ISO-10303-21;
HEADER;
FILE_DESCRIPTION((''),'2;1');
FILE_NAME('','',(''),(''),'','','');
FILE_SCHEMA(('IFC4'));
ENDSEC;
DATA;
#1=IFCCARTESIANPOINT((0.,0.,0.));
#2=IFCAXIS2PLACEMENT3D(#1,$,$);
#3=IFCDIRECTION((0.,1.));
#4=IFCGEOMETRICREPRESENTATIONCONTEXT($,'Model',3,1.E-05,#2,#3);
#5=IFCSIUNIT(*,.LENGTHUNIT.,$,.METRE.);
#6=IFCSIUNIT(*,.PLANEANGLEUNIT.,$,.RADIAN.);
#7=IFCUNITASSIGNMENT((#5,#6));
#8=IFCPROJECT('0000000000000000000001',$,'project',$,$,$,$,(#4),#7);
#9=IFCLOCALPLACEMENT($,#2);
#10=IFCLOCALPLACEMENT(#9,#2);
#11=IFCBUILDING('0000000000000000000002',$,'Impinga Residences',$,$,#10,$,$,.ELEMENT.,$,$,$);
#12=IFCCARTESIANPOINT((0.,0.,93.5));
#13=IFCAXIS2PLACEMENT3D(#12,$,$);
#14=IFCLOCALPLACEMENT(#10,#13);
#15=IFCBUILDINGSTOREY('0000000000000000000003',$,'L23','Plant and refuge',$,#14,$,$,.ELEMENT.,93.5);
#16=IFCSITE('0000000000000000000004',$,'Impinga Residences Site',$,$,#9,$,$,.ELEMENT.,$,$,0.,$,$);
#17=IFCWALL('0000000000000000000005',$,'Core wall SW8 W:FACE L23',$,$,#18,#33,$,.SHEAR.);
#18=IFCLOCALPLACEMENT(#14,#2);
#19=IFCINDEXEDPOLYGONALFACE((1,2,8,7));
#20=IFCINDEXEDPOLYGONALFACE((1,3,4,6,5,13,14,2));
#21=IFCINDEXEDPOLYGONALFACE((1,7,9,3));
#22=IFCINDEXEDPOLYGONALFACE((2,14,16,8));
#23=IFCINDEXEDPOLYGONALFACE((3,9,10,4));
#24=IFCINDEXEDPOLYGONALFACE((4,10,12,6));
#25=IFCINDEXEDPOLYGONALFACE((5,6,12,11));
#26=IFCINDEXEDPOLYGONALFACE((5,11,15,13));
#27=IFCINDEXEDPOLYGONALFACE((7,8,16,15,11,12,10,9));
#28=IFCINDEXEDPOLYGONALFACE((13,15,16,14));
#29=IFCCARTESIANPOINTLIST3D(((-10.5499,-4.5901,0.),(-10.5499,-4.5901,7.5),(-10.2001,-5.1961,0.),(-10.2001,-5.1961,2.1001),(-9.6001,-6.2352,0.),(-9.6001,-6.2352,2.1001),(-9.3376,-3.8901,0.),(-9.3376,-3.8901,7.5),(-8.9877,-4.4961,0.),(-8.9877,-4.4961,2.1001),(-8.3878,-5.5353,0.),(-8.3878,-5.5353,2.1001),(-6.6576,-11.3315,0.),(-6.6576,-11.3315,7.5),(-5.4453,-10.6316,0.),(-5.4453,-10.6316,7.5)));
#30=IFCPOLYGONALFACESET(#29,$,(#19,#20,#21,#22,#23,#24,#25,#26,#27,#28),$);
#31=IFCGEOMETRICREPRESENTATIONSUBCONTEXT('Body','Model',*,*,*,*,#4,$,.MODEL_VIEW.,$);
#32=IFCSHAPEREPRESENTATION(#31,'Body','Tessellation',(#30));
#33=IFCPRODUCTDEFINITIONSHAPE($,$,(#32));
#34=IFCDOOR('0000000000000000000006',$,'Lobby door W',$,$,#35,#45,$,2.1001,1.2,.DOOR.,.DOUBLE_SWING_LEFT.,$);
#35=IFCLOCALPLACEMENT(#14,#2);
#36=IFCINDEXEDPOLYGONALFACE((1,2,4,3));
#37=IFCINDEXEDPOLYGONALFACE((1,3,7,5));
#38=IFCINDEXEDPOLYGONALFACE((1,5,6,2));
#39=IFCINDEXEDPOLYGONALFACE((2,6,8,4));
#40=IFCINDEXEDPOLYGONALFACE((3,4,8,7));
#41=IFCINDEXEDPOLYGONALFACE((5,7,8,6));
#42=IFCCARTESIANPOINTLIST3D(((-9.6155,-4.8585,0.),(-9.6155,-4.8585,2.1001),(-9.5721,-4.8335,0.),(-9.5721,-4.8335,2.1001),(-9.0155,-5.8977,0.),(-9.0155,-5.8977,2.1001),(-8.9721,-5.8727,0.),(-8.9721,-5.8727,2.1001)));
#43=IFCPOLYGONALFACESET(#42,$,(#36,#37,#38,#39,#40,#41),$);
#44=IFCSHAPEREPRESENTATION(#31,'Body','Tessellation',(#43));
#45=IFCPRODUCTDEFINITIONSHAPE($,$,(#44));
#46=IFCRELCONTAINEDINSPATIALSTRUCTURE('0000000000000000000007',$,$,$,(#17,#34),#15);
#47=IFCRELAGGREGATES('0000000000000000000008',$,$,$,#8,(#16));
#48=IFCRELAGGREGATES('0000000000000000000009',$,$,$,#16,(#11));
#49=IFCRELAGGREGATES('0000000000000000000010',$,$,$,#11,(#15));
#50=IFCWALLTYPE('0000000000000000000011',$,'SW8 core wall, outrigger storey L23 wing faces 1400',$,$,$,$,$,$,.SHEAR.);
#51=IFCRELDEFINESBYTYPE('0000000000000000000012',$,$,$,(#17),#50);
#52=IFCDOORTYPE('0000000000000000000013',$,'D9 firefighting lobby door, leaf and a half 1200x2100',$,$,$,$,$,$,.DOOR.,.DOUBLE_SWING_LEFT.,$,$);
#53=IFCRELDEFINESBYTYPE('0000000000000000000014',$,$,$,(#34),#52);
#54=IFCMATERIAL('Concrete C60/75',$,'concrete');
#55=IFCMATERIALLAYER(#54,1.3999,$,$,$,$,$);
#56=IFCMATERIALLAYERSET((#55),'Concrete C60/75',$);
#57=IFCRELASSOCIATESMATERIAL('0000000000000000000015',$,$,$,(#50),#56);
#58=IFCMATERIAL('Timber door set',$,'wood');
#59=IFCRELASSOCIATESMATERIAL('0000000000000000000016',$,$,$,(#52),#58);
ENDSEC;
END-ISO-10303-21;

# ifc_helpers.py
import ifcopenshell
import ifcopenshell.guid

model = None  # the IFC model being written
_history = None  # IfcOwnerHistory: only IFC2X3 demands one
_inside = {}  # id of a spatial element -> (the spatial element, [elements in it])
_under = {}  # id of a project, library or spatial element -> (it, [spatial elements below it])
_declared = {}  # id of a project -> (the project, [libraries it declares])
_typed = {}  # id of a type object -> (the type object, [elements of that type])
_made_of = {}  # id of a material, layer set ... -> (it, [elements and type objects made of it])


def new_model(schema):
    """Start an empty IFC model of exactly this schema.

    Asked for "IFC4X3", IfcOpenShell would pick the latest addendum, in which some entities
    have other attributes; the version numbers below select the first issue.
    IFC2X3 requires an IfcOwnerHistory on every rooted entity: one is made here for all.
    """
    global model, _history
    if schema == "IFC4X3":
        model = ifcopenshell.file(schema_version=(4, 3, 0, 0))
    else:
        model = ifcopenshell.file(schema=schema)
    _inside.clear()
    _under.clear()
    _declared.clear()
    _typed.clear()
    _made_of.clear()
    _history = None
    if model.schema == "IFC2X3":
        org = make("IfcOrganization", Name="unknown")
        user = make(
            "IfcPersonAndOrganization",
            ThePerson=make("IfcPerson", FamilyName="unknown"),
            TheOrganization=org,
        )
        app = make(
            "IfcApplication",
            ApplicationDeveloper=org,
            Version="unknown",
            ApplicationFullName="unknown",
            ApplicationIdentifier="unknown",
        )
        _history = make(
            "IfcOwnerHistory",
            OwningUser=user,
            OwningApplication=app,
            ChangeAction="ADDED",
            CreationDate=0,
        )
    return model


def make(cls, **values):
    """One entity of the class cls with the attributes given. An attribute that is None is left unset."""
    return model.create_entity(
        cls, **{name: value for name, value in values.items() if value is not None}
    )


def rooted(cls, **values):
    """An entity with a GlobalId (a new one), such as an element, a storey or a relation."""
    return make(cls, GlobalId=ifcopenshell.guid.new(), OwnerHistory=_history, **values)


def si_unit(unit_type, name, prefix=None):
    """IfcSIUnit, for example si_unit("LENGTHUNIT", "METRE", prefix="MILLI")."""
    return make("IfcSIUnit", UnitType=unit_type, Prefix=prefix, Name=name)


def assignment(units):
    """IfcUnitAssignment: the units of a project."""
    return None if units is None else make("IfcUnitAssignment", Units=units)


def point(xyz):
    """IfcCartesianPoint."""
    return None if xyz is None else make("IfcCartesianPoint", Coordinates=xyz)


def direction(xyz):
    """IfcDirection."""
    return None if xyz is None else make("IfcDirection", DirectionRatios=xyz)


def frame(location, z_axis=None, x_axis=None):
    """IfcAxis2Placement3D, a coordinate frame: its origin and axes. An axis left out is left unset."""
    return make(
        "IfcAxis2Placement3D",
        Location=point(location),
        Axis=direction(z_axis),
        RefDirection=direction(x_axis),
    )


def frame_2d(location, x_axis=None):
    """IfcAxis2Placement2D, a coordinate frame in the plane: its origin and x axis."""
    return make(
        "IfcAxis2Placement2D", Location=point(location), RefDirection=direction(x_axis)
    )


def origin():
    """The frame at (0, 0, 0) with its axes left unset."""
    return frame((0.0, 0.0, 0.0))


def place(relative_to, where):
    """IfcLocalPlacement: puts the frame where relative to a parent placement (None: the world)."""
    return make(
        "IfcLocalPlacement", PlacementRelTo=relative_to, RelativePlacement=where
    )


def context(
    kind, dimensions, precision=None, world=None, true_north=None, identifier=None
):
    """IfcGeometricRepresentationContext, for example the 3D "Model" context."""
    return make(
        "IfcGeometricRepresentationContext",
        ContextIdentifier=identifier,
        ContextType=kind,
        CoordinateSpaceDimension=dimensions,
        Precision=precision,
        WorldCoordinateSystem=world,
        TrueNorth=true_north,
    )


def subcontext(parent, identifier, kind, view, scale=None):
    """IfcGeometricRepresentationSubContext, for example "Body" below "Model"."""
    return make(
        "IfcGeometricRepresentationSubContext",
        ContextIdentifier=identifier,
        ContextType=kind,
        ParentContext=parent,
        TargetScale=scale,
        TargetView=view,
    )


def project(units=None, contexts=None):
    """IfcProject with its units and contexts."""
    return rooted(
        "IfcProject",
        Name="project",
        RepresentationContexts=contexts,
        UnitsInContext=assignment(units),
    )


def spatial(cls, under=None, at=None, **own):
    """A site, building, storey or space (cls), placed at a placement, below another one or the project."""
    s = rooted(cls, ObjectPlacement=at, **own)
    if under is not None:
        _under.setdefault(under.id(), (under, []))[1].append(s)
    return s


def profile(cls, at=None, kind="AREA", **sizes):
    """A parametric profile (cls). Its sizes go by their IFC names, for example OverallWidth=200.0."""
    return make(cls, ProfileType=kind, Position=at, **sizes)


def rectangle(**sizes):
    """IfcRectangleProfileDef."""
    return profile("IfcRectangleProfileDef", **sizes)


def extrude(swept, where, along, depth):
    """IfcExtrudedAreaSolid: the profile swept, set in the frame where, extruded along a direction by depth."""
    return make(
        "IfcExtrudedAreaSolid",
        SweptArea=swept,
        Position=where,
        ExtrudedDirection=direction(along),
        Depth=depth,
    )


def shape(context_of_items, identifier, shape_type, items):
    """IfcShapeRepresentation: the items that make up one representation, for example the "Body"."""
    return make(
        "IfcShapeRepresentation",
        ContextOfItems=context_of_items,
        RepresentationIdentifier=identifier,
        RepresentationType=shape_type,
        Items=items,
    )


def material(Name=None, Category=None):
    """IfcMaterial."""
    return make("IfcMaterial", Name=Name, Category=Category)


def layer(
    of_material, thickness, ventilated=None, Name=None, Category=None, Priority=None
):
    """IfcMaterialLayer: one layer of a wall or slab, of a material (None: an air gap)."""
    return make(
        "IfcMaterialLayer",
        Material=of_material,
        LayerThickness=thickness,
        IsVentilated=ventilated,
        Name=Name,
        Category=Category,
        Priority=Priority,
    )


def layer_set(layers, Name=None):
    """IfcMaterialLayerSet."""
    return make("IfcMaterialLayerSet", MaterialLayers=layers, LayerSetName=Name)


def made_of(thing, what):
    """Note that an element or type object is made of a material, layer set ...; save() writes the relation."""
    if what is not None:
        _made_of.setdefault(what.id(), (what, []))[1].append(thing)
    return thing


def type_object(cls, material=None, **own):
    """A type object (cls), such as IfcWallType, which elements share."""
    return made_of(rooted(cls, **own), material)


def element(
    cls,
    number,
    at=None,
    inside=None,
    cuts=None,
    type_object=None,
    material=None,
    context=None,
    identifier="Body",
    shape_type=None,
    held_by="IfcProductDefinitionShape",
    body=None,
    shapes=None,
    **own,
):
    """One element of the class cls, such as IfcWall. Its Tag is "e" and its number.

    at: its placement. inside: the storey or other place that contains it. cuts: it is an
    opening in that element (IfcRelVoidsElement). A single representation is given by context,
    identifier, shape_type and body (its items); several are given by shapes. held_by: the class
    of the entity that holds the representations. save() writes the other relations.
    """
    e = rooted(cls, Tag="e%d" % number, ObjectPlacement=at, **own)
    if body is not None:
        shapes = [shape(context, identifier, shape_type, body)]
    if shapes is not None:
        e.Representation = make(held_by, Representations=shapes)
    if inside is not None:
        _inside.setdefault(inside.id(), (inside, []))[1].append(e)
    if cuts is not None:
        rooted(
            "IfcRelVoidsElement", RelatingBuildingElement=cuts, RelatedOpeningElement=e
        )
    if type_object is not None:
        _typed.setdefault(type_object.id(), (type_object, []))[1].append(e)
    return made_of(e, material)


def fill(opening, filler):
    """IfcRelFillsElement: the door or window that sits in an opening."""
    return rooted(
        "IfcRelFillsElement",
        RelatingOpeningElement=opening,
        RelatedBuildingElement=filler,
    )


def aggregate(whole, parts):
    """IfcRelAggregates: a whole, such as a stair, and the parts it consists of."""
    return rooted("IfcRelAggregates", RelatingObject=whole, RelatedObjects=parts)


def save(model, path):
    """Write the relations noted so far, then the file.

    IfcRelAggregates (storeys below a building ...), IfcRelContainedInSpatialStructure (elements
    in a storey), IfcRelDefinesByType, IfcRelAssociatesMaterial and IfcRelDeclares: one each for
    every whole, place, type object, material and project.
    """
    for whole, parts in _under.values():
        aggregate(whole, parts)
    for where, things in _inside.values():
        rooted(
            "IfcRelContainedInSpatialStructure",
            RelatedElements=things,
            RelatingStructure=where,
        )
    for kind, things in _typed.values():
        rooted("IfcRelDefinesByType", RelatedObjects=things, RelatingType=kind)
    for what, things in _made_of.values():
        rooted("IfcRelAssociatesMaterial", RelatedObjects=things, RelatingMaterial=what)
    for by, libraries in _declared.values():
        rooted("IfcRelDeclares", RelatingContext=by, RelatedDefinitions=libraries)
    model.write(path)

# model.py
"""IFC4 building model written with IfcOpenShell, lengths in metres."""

from ifc_helpers import new_model, si_unit, direction, frame, frame_2d, origin, place, context, subcontext, project, spatial, rectangle, extrude, material, layer, layer_set, type_object, element, fill, save


model = new_model("IFC4")

# Units and contexts
model_context = context("Model", 3, precision=1e-05, world=origin(), true_north=direction((0.0, 1.0)))
body_context = subcontext(model_context, "Body", "Model", "MODEL_VIEW")
ifc_project = project(units=[si_unit("LENGTHUNIT", "METRE"), si_unit("PLANEANGLEUNIT", "RADIAN")], contexts=[model_context])

# Site, building, storey
site_placement = place(None, origin())
site = spatial("IfcSite", under=ifc_project, at=site_placement, Name="Impinga Residences Site", CompositionType="ELEMENT", RefElevation=0.0)
building_placement = place(site_placement, origin())
building = spatial("IfcBuilding", under=site, at=building_placement, Name="Impinga Residences", CompositionType="ELEMENT")
storey_placement = place(building_placement, frame((0.0, 0.0, 93.5)))
storey = spatial("IfcBuildingStorey", under=building, at=storey_placement, Name="L23", Description="Plant and refuge", CompositionType="ELEMENT", Elevation=93.5)

# Shared definitions
ifc_material_1 = material(Name="Timber door set", Category="wood")

# Shared definitions
ifc_material_2 = material(Name="Concrete C60/75", Category="concrete")

# Wall, opening, door
ifc_layer_1 = layer(ifc_material_2, 1.3999)
ifc_layer_set_1 = layer_set([ifc_layer_1], Name="Concrete C60/75")
wall_type_1 = type_object("IfcWallType", Name="SW8 core wall, outrigger storey L23 wing faces 1400", PredefinedType="SHEAR", material=ifc_layer_set_1)
wall_1_placement = place(storey_placement, frame((-6.0515, -10.9814, 0.0), z_axis=(0.0, 0.0, 1.0), x_axis=(-0.500015, 0.866017, 0.0)))
wall_1 = element("IfcWall", 1, at=wall_1_placement, inside=storey, type_object=wall_type_1, Name="Core wall SW8 W:FACE L23", PredefinedType="SHEAR", context=body_context, shape_type="SweptSolid", body=[
    extrude(rectangle(XDim=7.7844, YDim=1.3999, at=frame_2d((3.8921, 0.0))), origin(), (0.0, 0.0, 1.0), 7.5),
])
opening_1_placement = place(wall_1_placement, frame((5.8845, 0.0, 0.0)))
opening_1 = element("IfcOpeningElement", 2, at=opening_1_placement, cuts=wall_1, PredefinedType="OPENING", context=body_context, shape_type="SweptSolid", body=[
    extrude(rectangle(XDim=1.2, YDim=2.1001, at=frame_2d((0.6001, 1.05))), frame((0.0, 0.71, 0.0), z_axis=(0.0, -1.0, 0.0), x_axis=(1.0, 0.0, 0.0)), (0.0, 0.0, 1.0), 1.4199),
])
door_type_1 = type_object("IfcDoorType", Name="D9 firefighting lobby door, leaf and a half 1200x2100", OperationType="DOUBLE_SWING_LEFT", PredefinedType="DOOR", material=ifc_material_1)
door_1_placement = place(opening_1_placement, origin())
door_1 = element("IfcDoor", 3, at=door_1_placement, inside=storey, type_object=door_type_1, Name="Lobby door W", OperationType="DOUBLE_SWING_LEFT", OverallHeight=2.1001, OverallWidth=1.2, PredefinedType="DOOR", context=body_context, shape_type="SweptSolid", body=[
    extrude(rectangle(XDim=1.2, YDim=2.1001, at=frame_2d((0.6001, 1.05))), frame((0.0, 0.0249, 0.0), z_axis=(0.0, -1.0, 0.0), x_axis=(1.0, 0.0, 0.0)), (0.0, 0.0, 1.0), 0.05),
])
fill(opening_1, door_1)

save(model, "model.ifc")
